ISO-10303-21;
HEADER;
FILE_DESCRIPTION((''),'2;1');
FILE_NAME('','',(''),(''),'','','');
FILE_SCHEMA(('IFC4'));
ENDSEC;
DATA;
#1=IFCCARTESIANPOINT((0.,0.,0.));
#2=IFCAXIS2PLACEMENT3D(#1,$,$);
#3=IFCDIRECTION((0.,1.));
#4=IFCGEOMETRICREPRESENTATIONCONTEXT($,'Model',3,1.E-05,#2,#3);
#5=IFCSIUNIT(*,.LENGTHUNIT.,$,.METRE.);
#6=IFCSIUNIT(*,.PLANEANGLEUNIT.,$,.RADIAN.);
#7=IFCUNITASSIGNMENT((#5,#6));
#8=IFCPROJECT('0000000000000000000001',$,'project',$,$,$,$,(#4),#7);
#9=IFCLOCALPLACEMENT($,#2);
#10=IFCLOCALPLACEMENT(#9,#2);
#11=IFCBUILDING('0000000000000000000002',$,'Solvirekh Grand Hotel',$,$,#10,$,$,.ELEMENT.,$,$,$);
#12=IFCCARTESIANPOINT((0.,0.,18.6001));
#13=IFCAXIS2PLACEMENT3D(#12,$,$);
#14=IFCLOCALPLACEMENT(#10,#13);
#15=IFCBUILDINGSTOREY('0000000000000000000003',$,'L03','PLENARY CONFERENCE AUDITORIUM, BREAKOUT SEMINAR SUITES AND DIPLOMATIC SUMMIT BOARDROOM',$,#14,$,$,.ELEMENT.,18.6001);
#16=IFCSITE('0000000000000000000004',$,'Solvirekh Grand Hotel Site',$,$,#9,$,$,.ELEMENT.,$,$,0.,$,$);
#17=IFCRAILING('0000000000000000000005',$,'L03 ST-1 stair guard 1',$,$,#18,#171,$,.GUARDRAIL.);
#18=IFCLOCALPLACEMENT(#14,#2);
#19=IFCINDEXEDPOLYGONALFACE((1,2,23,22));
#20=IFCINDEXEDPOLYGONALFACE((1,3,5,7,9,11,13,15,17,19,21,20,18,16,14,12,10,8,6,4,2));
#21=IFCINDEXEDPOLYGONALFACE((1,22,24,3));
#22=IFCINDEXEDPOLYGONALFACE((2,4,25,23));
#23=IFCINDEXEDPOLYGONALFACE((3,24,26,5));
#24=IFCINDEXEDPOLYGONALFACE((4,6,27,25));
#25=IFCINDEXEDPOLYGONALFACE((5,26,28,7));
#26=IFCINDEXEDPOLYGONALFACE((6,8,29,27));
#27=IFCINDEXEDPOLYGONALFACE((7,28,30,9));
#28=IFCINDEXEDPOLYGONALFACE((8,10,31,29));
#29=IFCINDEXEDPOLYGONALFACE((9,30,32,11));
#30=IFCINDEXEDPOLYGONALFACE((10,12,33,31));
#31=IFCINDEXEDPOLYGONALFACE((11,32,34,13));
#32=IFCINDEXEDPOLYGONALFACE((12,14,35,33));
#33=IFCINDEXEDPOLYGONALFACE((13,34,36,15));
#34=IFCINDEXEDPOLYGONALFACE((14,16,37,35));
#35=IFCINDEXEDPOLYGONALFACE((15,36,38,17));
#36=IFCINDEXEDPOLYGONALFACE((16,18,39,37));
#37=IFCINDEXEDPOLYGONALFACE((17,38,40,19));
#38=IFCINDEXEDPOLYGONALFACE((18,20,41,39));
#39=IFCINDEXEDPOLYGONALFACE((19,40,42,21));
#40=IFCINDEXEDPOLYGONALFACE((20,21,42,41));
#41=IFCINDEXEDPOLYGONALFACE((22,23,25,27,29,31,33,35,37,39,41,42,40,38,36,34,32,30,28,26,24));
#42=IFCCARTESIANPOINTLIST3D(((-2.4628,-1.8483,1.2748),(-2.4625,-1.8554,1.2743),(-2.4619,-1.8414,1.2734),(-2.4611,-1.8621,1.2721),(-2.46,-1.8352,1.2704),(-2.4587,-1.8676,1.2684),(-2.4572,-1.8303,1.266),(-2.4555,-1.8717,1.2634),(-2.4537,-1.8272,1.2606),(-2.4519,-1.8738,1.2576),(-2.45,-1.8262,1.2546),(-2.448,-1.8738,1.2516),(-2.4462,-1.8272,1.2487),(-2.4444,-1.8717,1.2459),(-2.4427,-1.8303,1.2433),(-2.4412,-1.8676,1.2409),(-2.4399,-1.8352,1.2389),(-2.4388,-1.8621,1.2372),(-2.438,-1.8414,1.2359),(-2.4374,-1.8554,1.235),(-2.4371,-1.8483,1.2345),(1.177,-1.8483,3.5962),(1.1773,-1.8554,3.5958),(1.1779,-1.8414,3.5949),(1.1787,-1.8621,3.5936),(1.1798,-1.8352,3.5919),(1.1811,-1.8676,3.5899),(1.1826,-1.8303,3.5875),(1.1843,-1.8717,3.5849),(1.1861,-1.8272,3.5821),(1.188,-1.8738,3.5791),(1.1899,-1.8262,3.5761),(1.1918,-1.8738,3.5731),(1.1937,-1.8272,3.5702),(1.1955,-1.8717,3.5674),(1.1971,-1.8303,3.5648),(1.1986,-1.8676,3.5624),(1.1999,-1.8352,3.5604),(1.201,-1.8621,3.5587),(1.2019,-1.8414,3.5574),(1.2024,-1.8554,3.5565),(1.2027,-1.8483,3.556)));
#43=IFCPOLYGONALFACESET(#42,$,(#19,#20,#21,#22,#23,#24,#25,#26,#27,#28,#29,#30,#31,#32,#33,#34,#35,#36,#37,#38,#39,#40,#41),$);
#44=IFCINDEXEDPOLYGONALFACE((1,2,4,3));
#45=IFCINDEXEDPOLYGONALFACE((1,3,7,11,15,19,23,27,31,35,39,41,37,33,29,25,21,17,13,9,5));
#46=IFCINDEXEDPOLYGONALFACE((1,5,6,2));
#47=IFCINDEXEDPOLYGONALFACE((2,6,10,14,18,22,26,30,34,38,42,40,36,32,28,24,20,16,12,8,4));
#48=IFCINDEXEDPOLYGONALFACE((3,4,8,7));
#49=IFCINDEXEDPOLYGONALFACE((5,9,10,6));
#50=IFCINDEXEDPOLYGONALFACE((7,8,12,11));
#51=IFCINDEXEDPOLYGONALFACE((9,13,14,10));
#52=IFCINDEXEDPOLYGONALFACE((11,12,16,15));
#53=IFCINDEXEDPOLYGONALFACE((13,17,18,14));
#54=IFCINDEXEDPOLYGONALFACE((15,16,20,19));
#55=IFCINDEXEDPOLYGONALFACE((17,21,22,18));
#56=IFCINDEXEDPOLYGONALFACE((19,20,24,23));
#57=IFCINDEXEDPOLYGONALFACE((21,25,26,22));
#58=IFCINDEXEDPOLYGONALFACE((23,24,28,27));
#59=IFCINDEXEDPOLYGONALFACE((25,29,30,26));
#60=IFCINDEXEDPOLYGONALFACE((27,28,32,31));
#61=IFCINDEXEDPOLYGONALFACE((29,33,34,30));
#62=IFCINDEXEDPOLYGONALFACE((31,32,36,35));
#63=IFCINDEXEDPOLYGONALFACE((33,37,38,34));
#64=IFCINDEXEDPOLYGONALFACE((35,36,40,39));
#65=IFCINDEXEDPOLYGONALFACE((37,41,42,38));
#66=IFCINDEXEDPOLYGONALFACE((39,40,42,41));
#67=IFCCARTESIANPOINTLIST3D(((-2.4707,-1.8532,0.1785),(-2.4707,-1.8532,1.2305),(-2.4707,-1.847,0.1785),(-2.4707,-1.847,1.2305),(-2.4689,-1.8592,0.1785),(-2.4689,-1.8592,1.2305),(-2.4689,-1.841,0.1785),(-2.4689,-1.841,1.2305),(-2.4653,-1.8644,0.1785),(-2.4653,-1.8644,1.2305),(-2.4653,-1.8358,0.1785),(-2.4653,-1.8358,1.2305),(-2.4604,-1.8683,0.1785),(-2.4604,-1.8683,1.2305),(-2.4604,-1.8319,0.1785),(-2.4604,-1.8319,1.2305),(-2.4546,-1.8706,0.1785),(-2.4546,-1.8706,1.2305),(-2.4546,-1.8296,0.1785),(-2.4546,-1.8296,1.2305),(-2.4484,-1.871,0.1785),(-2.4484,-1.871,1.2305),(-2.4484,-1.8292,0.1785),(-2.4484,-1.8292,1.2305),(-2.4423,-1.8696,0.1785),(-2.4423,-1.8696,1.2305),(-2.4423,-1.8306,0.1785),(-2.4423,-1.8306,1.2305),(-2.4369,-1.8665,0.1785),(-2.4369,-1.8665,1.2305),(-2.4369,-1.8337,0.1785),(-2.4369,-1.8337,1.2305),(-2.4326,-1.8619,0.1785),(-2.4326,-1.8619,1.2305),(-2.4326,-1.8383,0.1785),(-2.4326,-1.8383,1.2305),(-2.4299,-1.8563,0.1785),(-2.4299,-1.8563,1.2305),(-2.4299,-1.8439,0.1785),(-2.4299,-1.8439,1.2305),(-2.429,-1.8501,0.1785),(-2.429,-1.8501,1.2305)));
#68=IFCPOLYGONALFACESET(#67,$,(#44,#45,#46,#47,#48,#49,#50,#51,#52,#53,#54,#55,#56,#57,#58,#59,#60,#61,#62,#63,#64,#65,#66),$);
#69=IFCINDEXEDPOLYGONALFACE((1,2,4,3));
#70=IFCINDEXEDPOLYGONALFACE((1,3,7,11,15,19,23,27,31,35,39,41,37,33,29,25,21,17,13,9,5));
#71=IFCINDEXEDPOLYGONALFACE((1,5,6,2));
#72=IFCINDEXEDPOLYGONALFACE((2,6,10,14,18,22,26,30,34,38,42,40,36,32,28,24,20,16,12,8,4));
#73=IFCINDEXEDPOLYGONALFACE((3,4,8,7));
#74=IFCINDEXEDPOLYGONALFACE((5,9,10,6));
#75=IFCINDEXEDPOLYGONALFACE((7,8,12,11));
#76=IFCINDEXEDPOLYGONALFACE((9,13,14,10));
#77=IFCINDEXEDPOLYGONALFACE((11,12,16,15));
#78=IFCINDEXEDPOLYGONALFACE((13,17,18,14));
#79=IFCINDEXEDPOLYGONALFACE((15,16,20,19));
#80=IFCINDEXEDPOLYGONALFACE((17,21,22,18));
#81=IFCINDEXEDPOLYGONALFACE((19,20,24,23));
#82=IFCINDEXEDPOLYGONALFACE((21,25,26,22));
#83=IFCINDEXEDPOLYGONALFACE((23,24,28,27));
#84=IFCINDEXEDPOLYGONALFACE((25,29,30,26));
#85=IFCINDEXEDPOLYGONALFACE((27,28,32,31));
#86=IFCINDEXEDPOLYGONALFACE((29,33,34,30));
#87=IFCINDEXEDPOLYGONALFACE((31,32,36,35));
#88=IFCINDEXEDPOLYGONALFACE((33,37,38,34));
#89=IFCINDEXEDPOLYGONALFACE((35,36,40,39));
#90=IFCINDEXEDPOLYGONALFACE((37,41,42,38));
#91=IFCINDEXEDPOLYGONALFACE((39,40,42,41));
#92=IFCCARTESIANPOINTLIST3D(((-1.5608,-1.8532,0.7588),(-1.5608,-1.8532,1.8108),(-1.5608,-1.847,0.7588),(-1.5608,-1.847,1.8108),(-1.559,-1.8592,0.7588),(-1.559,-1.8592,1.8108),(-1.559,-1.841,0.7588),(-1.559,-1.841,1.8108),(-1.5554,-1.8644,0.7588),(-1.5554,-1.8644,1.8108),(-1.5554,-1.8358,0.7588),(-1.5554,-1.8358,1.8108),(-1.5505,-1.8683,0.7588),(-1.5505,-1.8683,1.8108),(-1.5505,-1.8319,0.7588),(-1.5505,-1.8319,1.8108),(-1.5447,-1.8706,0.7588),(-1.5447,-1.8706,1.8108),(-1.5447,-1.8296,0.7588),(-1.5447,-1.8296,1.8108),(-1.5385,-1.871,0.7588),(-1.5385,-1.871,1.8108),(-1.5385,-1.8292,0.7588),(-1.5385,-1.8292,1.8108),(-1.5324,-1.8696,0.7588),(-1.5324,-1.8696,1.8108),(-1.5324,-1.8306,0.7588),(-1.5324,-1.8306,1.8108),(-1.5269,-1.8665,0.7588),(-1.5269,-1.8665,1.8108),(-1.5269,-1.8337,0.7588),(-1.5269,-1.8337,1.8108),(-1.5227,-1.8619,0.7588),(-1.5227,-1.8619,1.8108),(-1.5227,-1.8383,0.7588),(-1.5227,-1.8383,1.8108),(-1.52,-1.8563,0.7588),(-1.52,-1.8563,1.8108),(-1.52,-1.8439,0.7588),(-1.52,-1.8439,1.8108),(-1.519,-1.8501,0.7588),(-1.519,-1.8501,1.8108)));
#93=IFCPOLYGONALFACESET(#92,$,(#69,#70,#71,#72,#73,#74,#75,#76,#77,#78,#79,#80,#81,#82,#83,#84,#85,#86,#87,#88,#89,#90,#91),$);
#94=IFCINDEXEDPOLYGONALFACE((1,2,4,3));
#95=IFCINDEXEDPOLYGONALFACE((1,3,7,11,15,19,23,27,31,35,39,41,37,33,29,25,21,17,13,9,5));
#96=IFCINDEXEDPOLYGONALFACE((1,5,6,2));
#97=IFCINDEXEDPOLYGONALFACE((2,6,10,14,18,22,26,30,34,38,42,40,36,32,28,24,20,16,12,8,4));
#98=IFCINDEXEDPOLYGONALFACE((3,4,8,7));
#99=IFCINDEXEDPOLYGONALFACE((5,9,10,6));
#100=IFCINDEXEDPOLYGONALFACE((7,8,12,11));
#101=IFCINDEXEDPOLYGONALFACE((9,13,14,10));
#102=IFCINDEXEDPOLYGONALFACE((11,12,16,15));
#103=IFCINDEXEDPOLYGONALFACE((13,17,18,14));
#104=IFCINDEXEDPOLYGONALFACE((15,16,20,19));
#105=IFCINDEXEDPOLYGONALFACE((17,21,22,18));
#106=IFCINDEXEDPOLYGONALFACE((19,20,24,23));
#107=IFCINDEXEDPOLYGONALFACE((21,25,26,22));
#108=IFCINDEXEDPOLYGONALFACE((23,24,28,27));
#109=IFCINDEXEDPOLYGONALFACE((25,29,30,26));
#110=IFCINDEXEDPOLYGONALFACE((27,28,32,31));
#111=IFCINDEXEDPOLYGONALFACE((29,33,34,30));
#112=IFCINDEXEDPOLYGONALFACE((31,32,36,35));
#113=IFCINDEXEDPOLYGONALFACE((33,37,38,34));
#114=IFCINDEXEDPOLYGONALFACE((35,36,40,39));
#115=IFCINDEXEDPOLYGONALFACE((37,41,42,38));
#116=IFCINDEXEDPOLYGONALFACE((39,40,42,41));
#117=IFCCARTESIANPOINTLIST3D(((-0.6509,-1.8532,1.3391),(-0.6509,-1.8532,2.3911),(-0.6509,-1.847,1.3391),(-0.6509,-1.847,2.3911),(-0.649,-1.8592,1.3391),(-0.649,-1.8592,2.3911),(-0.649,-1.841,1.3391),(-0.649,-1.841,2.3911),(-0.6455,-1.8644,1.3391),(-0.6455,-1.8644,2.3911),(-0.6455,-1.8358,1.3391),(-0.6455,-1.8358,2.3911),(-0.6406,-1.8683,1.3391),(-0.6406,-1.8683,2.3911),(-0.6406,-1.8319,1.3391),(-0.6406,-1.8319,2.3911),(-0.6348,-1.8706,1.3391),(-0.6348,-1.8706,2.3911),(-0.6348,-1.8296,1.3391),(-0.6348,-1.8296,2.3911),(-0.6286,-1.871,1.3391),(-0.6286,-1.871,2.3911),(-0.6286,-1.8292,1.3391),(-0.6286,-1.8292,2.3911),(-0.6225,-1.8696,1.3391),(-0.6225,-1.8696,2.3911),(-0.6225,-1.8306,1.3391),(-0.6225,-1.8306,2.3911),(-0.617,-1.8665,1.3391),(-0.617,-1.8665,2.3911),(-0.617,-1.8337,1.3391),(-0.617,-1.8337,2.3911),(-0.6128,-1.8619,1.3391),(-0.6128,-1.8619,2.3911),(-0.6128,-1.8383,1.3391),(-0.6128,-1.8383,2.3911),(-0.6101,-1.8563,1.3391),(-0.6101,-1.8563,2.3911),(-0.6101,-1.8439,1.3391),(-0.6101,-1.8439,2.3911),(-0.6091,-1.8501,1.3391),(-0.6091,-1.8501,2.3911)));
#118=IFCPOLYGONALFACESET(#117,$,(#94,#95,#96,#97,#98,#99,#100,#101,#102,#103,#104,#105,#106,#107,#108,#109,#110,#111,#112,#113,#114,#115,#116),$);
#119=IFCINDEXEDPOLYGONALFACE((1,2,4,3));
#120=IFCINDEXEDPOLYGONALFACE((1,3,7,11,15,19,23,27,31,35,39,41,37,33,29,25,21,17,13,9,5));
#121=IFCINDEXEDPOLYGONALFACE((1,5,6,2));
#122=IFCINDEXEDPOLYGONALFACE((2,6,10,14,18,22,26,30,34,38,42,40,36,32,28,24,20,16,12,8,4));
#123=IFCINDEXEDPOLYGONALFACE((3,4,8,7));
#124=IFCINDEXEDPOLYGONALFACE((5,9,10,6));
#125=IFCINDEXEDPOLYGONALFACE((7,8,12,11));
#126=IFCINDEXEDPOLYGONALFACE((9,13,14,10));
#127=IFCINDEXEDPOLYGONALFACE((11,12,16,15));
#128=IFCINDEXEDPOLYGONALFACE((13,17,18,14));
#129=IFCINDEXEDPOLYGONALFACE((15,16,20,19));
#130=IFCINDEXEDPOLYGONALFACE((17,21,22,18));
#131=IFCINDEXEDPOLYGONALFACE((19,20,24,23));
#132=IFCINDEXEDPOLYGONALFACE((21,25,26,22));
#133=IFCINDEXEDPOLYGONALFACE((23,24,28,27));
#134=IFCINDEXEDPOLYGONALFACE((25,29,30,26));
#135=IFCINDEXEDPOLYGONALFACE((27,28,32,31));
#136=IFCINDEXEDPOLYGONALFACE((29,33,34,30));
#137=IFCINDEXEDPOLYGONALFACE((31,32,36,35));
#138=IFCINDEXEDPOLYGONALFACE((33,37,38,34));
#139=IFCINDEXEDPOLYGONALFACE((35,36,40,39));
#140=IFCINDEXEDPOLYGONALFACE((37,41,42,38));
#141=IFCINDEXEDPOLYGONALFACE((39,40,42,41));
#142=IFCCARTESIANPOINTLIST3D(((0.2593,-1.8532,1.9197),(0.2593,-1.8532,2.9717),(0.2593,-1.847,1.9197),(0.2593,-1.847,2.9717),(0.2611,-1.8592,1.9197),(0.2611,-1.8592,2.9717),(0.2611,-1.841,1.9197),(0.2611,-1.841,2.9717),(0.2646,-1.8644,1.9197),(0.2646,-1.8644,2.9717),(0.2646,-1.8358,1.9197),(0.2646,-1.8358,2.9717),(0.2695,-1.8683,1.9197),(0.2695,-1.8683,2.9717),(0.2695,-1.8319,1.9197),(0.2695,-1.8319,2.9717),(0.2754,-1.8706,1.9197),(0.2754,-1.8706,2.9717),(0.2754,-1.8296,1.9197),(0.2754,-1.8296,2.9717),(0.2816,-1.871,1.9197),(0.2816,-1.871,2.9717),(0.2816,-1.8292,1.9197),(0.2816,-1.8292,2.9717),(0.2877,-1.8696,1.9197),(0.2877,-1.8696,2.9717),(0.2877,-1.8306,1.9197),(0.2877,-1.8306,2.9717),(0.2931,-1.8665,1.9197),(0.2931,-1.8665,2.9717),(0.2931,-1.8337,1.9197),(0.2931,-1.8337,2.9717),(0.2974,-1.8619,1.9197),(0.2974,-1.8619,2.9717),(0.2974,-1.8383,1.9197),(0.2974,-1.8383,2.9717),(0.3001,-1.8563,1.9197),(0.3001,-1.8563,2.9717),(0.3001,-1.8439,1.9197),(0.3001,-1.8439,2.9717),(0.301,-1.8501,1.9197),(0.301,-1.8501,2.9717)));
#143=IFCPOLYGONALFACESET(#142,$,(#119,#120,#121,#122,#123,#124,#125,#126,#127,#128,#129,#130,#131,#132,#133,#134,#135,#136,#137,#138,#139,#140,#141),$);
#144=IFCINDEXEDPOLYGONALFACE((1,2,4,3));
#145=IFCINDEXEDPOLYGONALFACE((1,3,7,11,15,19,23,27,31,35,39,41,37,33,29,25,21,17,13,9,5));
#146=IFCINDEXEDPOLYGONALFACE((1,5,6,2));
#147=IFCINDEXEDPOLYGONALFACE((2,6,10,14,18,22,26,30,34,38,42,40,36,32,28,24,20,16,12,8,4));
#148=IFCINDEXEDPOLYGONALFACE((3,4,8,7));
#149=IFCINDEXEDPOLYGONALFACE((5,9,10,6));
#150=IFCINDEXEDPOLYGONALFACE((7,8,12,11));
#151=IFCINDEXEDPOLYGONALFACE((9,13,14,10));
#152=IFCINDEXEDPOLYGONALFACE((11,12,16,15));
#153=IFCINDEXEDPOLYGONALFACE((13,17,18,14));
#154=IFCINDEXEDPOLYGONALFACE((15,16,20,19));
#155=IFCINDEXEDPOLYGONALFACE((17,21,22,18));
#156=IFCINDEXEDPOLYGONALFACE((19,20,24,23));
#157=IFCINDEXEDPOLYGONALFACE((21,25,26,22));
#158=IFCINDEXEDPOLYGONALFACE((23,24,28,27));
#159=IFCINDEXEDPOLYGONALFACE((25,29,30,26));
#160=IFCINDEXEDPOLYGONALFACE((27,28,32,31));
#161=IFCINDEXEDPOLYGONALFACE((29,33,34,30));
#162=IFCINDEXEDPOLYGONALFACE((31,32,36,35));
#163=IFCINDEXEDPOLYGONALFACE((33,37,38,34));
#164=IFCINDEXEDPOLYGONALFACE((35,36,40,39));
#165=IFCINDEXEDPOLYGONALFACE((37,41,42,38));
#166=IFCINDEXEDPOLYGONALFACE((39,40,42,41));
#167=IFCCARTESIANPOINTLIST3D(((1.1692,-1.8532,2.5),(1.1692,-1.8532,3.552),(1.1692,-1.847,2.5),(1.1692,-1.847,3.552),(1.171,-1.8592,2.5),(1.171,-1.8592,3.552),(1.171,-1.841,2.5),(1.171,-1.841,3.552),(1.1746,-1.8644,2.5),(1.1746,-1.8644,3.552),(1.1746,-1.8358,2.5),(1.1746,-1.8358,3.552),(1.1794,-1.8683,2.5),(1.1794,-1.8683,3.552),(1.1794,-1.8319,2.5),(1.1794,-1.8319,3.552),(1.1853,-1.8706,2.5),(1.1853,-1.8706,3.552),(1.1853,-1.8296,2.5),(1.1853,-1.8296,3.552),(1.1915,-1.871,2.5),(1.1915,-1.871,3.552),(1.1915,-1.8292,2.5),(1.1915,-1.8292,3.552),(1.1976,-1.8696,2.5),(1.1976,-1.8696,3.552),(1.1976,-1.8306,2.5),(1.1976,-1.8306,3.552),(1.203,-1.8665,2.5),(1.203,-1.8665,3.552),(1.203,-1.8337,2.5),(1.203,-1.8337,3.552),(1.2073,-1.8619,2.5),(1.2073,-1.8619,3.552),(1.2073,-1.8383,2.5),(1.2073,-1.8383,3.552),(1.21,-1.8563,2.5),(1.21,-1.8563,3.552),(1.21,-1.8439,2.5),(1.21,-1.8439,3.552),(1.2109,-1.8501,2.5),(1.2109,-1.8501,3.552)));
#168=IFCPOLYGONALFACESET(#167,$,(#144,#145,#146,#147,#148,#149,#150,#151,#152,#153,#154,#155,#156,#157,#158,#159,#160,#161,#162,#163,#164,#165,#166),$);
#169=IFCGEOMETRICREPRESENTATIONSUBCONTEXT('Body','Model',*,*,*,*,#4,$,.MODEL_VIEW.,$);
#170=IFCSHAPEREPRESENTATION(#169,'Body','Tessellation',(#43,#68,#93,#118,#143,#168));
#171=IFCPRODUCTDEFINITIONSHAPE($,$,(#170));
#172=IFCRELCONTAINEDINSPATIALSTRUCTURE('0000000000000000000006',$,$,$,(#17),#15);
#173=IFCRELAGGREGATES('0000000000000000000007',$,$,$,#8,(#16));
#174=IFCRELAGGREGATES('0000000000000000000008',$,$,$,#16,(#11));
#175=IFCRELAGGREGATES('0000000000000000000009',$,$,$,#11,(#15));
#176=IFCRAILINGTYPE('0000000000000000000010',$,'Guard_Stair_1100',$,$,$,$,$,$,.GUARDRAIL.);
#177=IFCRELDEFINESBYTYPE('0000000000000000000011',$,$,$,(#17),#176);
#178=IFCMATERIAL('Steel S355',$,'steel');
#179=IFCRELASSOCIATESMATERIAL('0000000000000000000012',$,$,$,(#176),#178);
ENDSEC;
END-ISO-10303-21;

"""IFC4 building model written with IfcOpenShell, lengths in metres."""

from ifc_helpers import new_model, si_unit, direction, frame, origin, origin_2d, place, context, subcontext, project, spatial, circle, extrude, material, type_object, element, save


model = new_model("IFC4")

# Units and contexts
model_context = context("Model", 3, precision=1e-05, world=origin(), true_north=direction((0.0, 1.0)))
body_context = subcontext(model_context, "Body", "Model", "MODEL_VIEW")
ifc_project = project(units=[si_unit("LENGTHUNIT", "METRE"), si_unit("PLANEANGLEUNIT", "RADIAN")], contexts=[model_context])

# Site, building, storey
site_placement = place(None, origin())
site = spatial("IfcSite", under=ifc_project, at=site_placement, Name="Solvirekh Grand Hotel Site", CompositionType="ELEMENT", RefElevation=0.0)
building_placement = place(site_placement, origin())
building = spatial("IfcBuilding", under=site, at=building_placement, Name="Solvirekh Grand Hotel", CompositionType="ELEMENT")
storey_placement = place(building_placement, frame((0.0, 0.0, 18.6001)))
storey = spatial("IfcBuildingStorey", under=building, at=storey_placement, Name="L03", Description="PLENARY CONFERENCE AUDITORIUM, BREAKOUT SEMINAR SUITES AND DIPLOMATIC SUMMIT BOARDROOM", CompositionType="ELEMENT", Elevation=18.6001)

# Railing
ifc_material_1 = material(Name="Steel S355", Category="steel")
railing_type_1 = type_object("IfcRailingType", Name="Guard_Stair_1100", PredefinedType="GUARDRAIL", material=ifc_material_1)
railing_1_placement = place(storey_placement, frame((-2.45, -1.8501, 0.1785)))
element("IfcRailing", 1, at=railing_1_placement, inside=storey, type_object=railing_type_1, Name="L03 ST-1 stair guard 1", PredefinedType="GUARDRAIL", context=body_context, shape_type="SweptSolid", body=[
    extrude(circle(Radius=0.0239, at=origin_2d()), frame((0.0, 0.0, 1.0762), z_axis=(0.843112, 0.0, 0.537739), x_axis=(0.0, 1.0, 0.0)), (0.0, 0.0, 1.0), 4.3171),
    extrude(circle(Radius=0.021, at=origin_2d()), origin(), (0.0, 0.0, 1.0), 1.052),
    extrude(circle(Radius=0.021, at=origin_2d()), frame((0.9099, 0.0, 0.5803)), (0.0, 0.0, 1.0), 1.052),
    extrude(circle(Radius=0.021, at=origin_2d()), frame((1.8198, 0.0, 1.1606)), (0.0, 0.0, 1.0), 1.052),
    extrude(circle(Radius=0.021, at=origin_2d()), frame((2.73, 0.0, 1.7412)), (0.0, 0.0, 1.0), 1.052),
    extrude(circle(Radius=0.021, at=origin_2d()), frame((3.6399, 0.0, 2.3215)), (0.0, 0.0, 1.0), 1.052),
])

save(model, "model.ifc")
